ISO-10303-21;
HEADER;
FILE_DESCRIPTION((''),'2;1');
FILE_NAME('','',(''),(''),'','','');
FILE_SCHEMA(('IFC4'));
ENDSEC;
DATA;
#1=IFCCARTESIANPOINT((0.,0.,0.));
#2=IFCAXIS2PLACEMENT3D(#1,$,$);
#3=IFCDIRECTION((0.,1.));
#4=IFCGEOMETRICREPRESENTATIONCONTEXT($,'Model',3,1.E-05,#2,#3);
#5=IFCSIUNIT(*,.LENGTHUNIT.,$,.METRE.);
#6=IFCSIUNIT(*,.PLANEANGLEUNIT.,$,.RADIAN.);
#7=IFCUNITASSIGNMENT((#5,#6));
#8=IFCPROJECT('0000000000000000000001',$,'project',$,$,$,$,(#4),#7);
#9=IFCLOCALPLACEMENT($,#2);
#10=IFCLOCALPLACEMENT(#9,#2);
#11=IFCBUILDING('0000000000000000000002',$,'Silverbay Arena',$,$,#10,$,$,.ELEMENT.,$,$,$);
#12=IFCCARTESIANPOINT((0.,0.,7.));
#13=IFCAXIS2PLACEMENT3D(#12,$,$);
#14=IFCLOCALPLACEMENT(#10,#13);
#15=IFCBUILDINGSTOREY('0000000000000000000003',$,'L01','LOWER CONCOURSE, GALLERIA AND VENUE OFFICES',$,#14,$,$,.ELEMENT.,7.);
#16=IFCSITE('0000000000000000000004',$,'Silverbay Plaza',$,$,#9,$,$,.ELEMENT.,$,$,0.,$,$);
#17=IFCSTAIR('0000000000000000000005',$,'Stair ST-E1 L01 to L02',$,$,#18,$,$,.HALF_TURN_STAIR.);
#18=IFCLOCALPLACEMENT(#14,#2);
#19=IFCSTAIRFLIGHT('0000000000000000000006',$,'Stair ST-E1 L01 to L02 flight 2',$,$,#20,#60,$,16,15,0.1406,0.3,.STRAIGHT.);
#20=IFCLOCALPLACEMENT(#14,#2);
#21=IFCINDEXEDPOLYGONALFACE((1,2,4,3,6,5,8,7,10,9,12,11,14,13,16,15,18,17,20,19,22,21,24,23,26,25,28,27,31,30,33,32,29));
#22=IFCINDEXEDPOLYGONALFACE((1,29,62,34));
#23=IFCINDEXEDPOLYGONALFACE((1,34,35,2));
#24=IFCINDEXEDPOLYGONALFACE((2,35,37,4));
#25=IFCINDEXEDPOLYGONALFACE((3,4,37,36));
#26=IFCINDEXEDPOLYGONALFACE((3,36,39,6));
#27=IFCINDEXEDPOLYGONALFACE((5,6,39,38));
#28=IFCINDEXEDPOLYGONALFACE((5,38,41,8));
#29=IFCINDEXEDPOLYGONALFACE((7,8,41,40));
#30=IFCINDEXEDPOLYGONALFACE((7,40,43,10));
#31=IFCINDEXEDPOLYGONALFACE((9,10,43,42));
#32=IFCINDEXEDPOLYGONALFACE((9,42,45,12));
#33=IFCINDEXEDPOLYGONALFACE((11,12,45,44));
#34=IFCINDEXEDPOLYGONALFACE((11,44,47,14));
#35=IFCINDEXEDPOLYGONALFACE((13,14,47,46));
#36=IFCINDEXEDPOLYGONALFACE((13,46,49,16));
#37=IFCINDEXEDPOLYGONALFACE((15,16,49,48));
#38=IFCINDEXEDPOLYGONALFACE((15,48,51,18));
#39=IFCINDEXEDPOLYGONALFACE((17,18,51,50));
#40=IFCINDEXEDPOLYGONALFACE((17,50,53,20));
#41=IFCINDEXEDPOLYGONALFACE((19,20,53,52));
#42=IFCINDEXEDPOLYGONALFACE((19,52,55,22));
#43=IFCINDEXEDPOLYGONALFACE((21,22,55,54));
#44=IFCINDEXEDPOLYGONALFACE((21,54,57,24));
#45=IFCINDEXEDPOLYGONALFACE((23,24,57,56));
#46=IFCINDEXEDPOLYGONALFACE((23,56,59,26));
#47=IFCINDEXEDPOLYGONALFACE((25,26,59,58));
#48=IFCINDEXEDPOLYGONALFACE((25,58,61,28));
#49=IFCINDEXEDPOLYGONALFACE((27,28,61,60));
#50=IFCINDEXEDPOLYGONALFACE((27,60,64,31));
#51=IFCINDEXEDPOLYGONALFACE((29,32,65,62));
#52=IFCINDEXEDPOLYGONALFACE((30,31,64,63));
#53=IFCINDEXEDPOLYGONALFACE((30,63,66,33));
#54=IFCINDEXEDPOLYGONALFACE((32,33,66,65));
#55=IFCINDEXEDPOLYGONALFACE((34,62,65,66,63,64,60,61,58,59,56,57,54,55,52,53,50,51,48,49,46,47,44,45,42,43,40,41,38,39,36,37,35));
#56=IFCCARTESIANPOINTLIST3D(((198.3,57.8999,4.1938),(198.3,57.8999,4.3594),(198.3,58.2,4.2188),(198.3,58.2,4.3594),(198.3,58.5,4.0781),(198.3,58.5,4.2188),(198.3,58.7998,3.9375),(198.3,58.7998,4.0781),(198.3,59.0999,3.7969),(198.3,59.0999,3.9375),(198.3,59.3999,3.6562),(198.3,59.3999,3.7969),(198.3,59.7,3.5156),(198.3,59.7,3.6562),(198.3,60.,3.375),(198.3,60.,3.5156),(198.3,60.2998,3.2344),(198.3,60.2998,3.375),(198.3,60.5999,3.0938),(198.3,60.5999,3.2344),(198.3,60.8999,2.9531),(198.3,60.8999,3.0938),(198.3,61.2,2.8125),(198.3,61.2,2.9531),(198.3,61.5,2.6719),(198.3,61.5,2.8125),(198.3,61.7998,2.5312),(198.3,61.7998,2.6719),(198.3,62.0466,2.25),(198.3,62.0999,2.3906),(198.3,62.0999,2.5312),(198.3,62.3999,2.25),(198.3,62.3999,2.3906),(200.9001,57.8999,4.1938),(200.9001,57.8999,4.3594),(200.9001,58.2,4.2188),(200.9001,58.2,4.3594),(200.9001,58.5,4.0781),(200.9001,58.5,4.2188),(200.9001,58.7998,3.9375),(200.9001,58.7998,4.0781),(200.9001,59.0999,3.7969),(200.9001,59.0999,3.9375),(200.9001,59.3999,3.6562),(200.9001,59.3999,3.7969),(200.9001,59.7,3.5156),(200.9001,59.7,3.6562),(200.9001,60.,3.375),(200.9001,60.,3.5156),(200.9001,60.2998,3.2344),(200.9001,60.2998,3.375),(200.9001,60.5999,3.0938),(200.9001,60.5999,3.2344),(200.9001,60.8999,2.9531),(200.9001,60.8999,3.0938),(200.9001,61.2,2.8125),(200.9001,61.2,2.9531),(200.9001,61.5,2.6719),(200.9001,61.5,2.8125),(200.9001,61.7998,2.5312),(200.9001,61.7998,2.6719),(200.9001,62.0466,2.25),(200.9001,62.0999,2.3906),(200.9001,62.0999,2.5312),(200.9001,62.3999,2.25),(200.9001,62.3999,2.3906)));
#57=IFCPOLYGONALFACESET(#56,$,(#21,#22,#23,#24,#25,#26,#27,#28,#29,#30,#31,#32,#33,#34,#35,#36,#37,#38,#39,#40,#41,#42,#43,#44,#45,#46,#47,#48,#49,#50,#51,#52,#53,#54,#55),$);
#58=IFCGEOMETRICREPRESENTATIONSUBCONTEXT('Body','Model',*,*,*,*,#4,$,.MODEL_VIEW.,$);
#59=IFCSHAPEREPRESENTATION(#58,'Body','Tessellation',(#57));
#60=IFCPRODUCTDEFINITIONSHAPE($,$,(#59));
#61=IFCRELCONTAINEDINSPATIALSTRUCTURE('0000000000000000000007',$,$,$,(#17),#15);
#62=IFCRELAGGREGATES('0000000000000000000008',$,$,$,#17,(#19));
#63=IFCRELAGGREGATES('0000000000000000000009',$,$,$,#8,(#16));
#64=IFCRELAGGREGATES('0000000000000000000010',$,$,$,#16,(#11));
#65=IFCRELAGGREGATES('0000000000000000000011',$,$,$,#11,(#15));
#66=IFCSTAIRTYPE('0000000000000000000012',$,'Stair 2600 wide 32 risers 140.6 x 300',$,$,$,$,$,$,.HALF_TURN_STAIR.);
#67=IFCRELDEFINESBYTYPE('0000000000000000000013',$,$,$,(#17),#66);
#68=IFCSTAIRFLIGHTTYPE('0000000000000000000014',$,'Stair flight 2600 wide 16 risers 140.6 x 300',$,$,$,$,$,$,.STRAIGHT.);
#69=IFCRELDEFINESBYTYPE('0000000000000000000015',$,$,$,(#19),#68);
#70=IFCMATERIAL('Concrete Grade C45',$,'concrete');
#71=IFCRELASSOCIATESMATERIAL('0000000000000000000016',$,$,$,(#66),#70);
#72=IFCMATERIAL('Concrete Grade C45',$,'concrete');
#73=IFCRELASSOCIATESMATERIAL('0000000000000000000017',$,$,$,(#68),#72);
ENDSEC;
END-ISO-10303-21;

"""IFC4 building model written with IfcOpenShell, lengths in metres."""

from ifc_helpers import new_model, si_unit, direction, frame, origin, place, context, subcontext, project, spatial, polyline, outline, extrude, material, type_object, element, aggregate, save


model = new_model("IFC4")

# Units and contexts
model_context = context("Model", 3, precision=1e-05, world=origin(), true_north=direction((0.0, 1.0)))
body_context = subcontext(model_context, "Body", "Model", "MODEL_VIEW")
ifc_project = project(units=[si_unit("LENGTHUNIT", "METRE"), si_unit("PLANEANGLEUNIT", "RADIAN")], contexts=[model_context])

# Site, building, storey
site_placement = place(None, origin())
site = spatial("IfcSite", under=ifc_project, at=site_placement, Name="Silverbay Plaza", CompositionType="ELEMENT", RefElevation=0.0)
building_placement = place(site_placement, origin())
building = spatial("IfcBuilding", under=site, at=building_placement, Name="Silverbay Arena", CompositionType="ELEMENT")
storey_placement = place(building_placement, frame((0.0, 0.0, 7.0)))
storey = spatial("IfcBuildingStorey", under=building, at=storey_placement, Name="L01", Description="LOWER CONCOURSE, GALLERIA AND VENUE OFFICES", CompositionType="ELEMENT", Elevation=7.0)

# Stair, stair flight
ifc_material_1 = material(Name="Concrete Grade C45", Category="concrete")
stair_type = type_object("IfcStairType", Name="Stair 2600 wide 32 risers 140.6 x 300", PredefinedType="HALF_TURN_STAIR", material=ifc_material_1)
stair_placement = place(storey_placement, origin())
stair = element("IfcStair", 1, at=stair_placement, inside=storey, type_object=stair_type, Name="Stair ST-E1 L01 to L02", PredefinedType="HALF_TURN_STAIR")
ifc_material_2 = material(Name="Concrete Grade C45", Category="concrete")
stair_flight_type = type_object("IfcStairFlightType", Name="Stair flight 2600 wide 16 risers 140.6 x 300", PredefinedType="STRAIGHT", material=ifc_material_2)
stair_flight_1_placement = place(storey_placement, frame((199.6001, 62.3999, 2.25), z_axis=(0.0, 0.0, 1.0), x_axis=(0.0, -1.0, 0.0)))
stair_flight_1 = element("IfcStairFlight", 2, at=stair_flight_1_placement, type_object=stair_flight_type, Name="Stair ST-E1 L01 to L02 flight 2", NumberOfRisers=16, NumberOfTreads=15, PredefinedType="STRAIGHT", RiserHeight=0.1406, TreadLength=0.3, context=body_context, shape_type="SweptSolid", body=[
    extrude(outline(polyline([(0.0, 0.0), (0.0, 0.1406), (0.3, 0.1406), (0.3, 0.2812), (0.6001, 0.2812), (0.6001, 0.4219), (0.8999, 0.4219), (0.8999, 0.5625), (1.2, 0.5625), (1.2, 0.7031), (1.5, 0.7031), (1.5, 0.8438), (1.8, 0.8438), (1.8, 0.9844), (2.1001, 0.9844), (2.1001, 1.125), (2.3999, 1.125), (2.3999, 1.2656), (2.7, 1.2656), (2.7, 1.4062), (3.0, 1.4062), (3.0, 1.5469), (3.3, 1.5469), (3.3, 1.6875), (3.6001, 1.6875), (3.6001, 1.8281), (3.8999, 1.8281), (3.8999, 1.9688), (4.2, 1.9688), (4.2, 2.1094), (4.5, 2.1094), (4.5, 1.9438), (0.3533, 0.0), (0.0, 0.0)])), frame((0.0, 1.3, 0.0), z_axis=(0.0, -1.0, 0.0), x_axis=(1.0, 0.0, 0.0)), (0.0, 0.0, 1.0), 2.6001),
])
aggregate(stair, [stair_flight_1])

save(model, "model.ifc")
